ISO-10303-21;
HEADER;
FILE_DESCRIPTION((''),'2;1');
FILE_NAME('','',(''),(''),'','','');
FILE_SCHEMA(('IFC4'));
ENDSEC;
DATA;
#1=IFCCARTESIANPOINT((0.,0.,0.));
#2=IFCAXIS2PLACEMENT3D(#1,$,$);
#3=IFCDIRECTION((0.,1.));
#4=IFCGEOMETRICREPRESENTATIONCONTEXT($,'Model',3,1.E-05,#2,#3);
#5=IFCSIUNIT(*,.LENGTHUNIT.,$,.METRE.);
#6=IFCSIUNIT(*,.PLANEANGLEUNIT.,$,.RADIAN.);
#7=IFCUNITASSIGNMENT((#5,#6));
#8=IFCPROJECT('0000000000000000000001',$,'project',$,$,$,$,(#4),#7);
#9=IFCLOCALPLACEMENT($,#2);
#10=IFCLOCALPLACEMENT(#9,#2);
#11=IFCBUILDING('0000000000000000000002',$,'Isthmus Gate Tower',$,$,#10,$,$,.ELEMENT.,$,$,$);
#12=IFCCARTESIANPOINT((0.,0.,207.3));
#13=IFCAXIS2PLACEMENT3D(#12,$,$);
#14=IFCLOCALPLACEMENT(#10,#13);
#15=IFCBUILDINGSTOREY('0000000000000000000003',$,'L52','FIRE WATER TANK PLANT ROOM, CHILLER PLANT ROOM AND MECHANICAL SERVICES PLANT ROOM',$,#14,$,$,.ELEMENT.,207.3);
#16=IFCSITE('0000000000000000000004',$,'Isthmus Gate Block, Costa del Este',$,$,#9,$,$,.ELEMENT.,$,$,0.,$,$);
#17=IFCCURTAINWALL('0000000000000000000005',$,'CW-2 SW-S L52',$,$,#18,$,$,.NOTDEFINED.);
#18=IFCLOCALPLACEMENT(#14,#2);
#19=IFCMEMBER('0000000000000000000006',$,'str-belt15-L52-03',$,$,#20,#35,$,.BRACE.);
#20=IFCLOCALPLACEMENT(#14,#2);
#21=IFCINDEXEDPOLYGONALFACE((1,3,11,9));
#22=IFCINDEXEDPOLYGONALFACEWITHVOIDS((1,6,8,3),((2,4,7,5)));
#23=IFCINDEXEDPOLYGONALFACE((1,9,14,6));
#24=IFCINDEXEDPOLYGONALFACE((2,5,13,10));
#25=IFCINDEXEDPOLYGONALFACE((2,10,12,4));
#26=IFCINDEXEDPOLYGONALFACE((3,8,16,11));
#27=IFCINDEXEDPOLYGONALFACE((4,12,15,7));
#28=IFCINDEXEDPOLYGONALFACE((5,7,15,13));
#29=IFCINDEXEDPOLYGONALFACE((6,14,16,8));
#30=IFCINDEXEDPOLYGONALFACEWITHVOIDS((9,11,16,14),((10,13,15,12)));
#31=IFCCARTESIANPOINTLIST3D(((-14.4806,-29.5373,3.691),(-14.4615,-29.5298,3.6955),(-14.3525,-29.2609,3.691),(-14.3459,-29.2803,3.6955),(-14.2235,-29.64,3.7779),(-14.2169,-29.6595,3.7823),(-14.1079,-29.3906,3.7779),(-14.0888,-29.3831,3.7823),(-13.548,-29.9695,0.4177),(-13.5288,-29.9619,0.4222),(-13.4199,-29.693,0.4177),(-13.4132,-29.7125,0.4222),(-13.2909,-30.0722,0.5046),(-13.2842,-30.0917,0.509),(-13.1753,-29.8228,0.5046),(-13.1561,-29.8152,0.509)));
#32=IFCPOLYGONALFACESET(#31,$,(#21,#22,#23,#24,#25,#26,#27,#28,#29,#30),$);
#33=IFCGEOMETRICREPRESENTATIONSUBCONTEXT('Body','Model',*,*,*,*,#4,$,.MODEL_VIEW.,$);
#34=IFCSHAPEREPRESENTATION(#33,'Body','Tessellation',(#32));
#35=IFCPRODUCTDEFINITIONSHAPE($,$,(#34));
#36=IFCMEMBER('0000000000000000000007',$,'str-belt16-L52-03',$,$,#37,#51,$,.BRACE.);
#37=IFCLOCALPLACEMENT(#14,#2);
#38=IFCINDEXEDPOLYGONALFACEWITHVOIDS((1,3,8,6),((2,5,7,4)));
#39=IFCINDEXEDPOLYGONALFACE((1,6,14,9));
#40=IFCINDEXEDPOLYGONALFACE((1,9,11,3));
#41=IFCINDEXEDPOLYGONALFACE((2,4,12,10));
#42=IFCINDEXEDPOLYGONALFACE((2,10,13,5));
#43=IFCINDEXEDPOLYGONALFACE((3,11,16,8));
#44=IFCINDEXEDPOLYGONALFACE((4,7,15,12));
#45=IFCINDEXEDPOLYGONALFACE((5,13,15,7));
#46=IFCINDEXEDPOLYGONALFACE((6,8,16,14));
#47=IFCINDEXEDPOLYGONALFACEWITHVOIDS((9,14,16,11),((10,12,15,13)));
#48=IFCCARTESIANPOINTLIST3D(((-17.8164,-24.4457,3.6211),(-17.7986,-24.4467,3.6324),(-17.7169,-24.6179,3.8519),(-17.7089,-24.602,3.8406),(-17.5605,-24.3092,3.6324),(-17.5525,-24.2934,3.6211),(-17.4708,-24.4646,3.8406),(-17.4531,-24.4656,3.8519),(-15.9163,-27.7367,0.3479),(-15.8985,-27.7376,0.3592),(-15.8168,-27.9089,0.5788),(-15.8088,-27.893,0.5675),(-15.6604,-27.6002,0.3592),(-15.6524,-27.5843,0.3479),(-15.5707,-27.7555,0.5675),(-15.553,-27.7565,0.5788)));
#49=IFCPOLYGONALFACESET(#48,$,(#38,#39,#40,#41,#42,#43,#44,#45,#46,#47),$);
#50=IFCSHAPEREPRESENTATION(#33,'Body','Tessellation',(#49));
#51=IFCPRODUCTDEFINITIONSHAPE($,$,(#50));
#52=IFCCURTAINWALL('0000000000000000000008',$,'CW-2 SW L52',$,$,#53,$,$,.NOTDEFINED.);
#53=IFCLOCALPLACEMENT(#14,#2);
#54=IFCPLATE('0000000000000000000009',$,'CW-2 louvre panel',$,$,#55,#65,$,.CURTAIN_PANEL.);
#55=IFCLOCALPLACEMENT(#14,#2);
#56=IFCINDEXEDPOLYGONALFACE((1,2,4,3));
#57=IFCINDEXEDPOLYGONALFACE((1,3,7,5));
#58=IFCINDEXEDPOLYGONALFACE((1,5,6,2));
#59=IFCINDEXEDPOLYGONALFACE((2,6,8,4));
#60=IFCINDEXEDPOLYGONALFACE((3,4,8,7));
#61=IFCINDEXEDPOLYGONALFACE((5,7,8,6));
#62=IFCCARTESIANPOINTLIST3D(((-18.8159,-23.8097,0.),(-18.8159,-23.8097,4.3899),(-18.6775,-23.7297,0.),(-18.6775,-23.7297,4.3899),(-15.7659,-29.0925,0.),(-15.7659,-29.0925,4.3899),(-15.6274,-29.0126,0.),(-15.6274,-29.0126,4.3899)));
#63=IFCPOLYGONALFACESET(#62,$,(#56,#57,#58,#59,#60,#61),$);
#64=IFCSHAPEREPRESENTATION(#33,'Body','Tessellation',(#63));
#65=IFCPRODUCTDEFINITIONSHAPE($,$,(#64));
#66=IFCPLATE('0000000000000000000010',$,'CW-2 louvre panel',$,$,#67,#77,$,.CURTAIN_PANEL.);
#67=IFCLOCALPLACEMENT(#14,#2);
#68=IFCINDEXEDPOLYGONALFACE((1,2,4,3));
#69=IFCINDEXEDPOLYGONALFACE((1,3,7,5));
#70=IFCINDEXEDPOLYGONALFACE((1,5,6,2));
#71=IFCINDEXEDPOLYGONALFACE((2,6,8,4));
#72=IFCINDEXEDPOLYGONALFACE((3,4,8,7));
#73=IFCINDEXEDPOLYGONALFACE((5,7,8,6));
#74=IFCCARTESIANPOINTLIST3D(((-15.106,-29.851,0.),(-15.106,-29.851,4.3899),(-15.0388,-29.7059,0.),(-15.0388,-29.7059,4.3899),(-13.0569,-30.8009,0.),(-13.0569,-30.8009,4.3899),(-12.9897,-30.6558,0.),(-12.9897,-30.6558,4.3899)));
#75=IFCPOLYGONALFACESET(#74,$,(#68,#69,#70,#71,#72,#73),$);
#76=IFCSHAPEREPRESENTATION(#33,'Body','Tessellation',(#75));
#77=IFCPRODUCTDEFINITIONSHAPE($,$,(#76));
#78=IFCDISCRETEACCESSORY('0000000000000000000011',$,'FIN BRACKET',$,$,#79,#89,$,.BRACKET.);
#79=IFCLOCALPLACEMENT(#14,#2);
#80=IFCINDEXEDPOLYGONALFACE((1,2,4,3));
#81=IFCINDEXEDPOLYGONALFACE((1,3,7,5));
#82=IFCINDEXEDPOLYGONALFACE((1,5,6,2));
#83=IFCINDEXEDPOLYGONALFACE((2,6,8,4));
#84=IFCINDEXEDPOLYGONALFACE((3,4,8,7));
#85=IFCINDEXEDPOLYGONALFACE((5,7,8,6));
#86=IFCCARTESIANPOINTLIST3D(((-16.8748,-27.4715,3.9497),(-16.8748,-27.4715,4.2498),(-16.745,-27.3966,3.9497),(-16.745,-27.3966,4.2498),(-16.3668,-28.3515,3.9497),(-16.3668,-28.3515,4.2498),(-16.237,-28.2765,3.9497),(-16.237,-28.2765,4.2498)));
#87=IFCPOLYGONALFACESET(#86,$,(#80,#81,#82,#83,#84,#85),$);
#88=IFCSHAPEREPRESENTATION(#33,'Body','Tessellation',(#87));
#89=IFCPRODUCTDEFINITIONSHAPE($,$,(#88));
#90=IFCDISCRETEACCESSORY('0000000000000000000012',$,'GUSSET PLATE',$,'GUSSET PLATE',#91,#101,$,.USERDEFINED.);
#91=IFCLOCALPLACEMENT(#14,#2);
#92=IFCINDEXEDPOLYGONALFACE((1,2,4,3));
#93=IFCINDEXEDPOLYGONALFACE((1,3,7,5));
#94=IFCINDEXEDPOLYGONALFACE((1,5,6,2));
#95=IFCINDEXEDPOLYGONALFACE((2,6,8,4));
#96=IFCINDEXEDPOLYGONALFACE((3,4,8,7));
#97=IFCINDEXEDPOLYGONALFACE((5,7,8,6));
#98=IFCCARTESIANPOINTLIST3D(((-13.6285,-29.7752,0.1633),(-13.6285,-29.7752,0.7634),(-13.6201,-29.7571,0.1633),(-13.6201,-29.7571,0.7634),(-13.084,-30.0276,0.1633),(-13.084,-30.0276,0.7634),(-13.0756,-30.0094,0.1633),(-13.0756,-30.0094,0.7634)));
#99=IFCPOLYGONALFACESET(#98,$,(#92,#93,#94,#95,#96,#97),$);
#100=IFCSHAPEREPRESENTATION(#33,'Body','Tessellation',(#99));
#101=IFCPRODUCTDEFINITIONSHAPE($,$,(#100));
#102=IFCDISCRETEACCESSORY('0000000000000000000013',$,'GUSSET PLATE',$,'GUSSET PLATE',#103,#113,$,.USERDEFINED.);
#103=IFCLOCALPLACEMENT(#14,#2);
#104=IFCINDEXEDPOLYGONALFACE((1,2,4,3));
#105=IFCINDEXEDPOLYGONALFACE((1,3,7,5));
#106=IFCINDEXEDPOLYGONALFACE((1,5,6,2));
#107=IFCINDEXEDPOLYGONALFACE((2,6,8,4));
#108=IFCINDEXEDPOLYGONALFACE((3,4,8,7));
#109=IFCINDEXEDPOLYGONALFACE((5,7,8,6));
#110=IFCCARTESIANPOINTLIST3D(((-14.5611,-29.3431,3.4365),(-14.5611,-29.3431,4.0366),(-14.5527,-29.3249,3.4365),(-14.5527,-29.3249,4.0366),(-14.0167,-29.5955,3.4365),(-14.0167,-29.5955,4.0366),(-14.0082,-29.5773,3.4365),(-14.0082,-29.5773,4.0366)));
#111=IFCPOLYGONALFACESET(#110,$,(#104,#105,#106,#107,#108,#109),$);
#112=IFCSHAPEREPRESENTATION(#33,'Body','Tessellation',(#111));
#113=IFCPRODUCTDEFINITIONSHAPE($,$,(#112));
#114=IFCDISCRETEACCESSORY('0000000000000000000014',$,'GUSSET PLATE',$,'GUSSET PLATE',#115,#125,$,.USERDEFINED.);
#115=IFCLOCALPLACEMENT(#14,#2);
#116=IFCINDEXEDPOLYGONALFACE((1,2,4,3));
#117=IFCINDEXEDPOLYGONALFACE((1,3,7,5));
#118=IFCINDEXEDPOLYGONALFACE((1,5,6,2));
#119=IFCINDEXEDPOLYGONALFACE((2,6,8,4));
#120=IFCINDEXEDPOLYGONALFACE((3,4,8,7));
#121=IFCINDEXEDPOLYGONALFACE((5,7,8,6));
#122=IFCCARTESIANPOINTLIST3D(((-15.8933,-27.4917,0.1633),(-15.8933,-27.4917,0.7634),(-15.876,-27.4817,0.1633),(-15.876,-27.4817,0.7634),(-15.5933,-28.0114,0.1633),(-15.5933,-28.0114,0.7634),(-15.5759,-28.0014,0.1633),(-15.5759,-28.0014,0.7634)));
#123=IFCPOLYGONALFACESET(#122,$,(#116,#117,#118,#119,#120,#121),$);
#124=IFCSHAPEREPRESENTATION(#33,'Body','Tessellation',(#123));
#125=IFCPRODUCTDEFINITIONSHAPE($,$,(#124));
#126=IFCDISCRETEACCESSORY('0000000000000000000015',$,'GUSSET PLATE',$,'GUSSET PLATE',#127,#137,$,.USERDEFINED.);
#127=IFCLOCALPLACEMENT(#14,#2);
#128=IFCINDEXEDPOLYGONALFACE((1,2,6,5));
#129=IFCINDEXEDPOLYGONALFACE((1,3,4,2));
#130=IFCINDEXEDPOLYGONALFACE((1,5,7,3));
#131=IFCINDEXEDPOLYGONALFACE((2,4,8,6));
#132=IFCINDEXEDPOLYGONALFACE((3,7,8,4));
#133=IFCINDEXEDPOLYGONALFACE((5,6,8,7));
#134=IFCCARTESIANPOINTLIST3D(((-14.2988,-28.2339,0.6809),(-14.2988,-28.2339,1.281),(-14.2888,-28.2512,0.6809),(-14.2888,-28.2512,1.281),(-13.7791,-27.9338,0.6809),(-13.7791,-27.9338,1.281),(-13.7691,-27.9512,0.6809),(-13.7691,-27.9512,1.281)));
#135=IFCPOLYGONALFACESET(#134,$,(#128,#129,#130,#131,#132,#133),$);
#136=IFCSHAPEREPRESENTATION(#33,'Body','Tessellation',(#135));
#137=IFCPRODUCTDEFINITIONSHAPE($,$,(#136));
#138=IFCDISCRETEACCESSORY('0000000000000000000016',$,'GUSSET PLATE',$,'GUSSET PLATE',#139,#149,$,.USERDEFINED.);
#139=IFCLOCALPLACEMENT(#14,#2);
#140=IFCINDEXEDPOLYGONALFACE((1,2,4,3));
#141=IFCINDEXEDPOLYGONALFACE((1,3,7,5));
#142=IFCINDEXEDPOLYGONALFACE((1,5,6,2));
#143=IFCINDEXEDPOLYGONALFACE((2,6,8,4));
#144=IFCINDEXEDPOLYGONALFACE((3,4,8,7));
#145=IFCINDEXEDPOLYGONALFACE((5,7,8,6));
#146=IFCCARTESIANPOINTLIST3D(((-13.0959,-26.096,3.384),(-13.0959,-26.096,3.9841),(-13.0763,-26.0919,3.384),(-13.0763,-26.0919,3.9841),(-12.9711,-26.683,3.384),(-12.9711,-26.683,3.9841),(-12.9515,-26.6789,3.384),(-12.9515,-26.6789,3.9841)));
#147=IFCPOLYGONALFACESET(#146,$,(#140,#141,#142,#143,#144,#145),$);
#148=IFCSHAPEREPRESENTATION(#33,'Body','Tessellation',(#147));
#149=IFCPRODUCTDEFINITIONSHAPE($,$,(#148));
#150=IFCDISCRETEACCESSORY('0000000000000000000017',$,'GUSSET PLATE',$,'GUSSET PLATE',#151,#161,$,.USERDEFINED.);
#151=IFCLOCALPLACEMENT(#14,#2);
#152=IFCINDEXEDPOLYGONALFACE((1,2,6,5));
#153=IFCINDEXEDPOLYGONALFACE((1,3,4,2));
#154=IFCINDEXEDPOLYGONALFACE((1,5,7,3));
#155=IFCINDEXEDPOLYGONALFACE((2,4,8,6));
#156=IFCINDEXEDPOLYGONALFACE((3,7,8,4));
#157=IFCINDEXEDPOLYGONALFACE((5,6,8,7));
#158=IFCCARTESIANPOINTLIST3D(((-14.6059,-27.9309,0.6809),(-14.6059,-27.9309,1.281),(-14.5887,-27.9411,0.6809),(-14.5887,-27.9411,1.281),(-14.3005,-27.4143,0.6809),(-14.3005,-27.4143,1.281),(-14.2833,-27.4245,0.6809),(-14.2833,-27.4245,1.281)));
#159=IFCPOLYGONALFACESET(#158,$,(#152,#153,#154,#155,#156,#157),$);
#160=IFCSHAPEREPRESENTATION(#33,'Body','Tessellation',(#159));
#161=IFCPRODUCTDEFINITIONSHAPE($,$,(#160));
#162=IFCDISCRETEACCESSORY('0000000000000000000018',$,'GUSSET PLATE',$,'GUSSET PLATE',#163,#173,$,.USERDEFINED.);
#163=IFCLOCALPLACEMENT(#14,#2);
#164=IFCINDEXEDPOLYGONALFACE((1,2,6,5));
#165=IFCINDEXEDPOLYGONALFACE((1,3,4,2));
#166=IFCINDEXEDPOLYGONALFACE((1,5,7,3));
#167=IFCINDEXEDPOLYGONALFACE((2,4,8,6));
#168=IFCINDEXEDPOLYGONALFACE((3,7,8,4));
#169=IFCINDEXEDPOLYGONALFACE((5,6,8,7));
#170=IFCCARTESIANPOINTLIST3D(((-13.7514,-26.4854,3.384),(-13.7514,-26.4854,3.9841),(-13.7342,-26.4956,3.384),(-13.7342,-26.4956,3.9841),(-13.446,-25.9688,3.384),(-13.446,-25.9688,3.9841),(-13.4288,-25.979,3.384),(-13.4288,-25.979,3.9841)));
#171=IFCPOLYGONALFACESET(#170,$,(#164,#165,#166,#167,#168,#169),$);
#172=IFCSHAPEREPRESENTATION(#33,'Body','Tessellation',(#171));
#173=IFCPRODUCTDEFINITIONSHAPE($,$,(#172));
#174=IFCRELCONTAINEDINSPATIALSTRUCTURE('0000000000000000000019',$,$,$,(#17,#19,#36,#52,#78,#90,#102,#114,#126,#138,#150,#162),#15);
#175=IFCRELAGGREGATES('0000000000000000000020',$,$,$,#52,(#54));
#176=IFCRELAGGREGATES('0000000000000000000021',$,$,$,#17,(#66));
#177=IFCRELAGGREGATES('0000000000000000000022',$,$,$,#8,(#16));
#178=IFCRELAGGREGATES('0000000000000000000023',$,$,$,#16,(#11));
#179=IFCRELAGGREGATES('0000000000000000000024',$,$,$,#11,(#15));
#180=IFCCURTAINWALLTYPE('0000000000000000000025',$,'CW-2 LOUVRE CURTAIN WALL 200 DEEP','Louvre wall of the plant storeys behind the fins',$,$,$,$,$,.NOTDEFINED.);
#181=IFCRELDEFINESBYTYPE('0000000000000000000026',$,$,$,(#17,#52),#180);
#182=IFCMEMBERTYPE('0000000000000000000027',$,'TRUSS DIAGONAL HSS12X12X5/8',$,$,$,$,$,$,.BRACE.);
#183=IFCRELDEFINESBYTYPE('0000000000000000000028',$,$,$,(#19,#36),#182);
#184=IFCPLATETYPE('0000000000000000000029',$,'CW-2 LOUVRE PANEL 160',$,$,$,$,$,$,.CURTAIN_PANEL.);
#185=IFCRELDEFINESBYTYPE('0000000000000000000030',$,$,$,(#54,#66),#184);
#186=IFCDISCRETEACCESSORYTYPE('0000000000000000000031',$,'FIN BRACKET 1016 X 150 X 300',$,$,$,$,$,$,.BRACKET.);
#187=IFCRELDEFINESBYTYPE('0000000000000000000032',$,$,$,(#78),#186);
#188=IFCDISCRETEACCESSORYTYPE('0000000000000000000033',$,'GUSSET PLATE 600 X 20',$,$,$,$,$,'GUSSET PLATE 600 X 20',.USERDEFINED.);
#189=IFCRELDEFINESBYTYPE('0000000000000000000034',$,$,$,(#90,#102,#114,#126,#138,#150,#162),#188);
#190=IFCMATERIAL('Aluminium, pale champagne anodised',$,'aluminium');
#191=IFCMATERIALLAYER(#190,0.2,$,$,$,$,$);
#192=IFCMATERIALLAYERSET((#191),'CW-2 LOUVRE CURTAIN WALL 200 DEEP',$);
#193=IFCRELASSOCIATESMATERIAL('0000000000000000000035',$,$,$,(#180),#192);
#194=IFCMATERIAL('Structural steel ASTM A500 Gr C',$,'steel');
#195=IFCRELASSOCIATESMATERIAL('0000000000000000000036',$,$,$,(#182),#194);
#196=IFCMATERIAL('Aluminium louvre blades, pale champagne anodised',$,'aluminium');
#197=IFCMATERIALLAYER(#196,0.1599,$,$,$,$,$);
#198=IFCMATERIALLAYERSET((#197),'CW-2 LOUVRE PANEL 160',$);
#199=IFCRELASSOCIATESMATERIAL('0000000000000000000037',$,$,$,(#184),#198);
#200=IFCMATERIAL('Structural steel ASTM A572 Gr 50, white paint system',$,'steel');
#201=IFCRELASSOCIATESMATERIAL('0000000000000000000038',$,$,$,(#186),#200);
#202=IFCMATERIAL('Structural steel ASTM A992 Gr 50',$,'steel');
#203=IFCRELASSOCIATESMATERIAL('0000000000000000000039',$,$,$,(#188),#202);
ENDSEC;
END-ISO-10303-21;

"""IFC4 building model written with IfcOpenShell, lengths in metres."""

from ifc_helpers import new_model, si_unit, direction, frame, origin, origin_2d, place, context, subcontext, project, spatial, rectangle, hollow_rectangle, extrude, material, layer, layer_set, material_profile, profile_set, type_object, element, aggregate, save


model = new_model("IFC4")

# Units and contexts
model_context = context("Model", 3, precision=1e-05, world=origin(), true_north=direction((0.0, 1.0)))
body_context = subcontext(model_context, "Body", "Model", "MODEL_VIEW")
ifc_project = project(units=[si_unit("LENGTHUNIT", "METRE"), si_unit("PLANEANGLEUNIT", "RADIAN")], contexts=[model_context])

# Site, building, storey
site_placement = place(None, origin())
site = spatial("IfcSite", under=ifc_project, at=site_placement, Name="Isthmus Gate Block, Costa del Este", CompositionType="ELEMENT", RefElevation=0.0)
building_placement = place(site_placement, origin())
building = spatial("IfcBuilding", under=site, at=building_placement, Name="Isthmus Gate Tower", CompositionType="ELEMENT")
storey_placement = place(building_placement, frame((0.0, 0.0, 207.3)))
storey = spatial("IfcBuildingStorey", under=building, at=storey_placement, Name="L52", Description="FIRE WATER TANK PLANT ROOM, CHILLER PLANT ROOM AND MECHANICAL SERVICES PLANT ROOM", CompositionType="ELEMENT", Elevation=207.3)

# Curtain wall
ifc_material_1 = material(Name="Aluminium, pale champagne anodised", Category="aluminium")
ifc_layer_1 = layer(ifc_material_1, 0.2)
ifc_layer_set_1 = layer_set([ifc_layer_1], Name="CW-2 LOUVRE CURTAIN WALL 200 DEEP")
curtain_wall_type = type_object("IfcCurtainWallType", Name="CW-2 LOUVRE CURTAIN WALL 200 DEEP", Description="Louvre wall of the plant storeys behind the fins", PredefinedType="NOTDEFINED", material=ifc_layer_set_1)
curtain_wall_1_placement = place(storey_placement, origin())
curtain_wall_1 = element("IfcCurtainWall", 1, at=curtain_wall_1_placement, inside=storey, type_object=curtain_wall_type, Name="CW-2 SW-S L52", PredefinedType="NOTDEFINED")

# Members
ifc_material_2 = material(Name="Structural steel ASTM A500 Gr C", Category="steel")
ifc_material_profile_1 = material_profile(ifc_material_2, hollow_rectangle(XDim=0.3047, YDim=0.3047, WallThickness=0.0149, at=origin_2d()), Name="HSS12X12X5/8")
ifc_profile_set_1 = profile_set([ifc_material_profile_1], Name="Structural steel ASTM A500 Gr C")
member_type_1 = type_object("IfcMemberType", Name="TRUSS DIAGONAL HSS12X12X5/8", PredefinedType="BRACE", material=ifc_profile_set_1)
member_1_placement = place(storey_placement, frame((-13.3521, -29.8923, 0.4634), z_axis=(-0.271838, 0.125956, 0.954065), x_axis=(-0.420413, -0.907333, 0.0)))
element("IfcMember", 2, at=member_1_placement, inside=storey, type_object=member_type_1, Name="str-belt15-L52-03", PredefinedType="BRACE", context=body_context, shape_type="SweptSolid", body=[
    extrude(hollow_rectangle(XDim=0.3047, YDim=0.3047, WallThickness=0.0149, at=origin_2d()), origin(), (0.0, 0.0, 1.0), 3.4309),
])
member_2_placement = place(storey_placement, frame((-15.7346, -27.7466, 0.4634), z_axis=(-0.378856, 0.65617, 0.652617), x_axis=(-0.866017, -0.500015, 0.0)))
element("IfcMember", 3, at=member_2_placement, inside=storey, type_object=member_type_1, Name="str-belt16-L52-03", PredefinedType="BRACE", context=body_context, shape_type="SweptSolid", body=[
    extrude(hollow_rectangle(XDim=0.3047, YDim=0.3047, WallThickness=0.0149, at=origin_2d()), origin(), (0.0, 0.0, 1.0), 5.0154),
])

# Curtain wall, plate
curtain_wall_2_placement = place(storey_placement, origin())
curtain_wall_2 = element("IfcCurtainWall", 4, at=curtain_wall_2_placement, inside=storey, type_object=curtain_wall_type, Name="CW-2 SW L52", PredefinedType="NOTDEFINED")
ifc_material_3 = material(Name="Aluminium louvre blades, pale champagne anodised", Category="aluminium")
ifc_layer_2 = layer(ifc_material_3, 0.1599)
ifc_layer_set_2 = layer_set([ifc_layer_2], Name="CW-2 LOUVRE PANEL 160")
plate_type = type_object("IfcPlateType", Name="CW-2 LOUVRE PANEL 160", PredefinedType="CURTAIN_PANEL", material=ifc_layer_set_2)
plate_1_placement = place(storey_placement, frame((-17.2217, -26.4111, 0.0), z_axis=(0.0, 0.0, 1.0), x_axis=(0.5, -0.866025, 0.0)))
plate_1 = element("IfcPlate", 5, at=plate_1_placement, type_object=plate_type, Name="CW-2 louvre panel", PredefinedType="CURTAIN_PANEL", context=body_context, shape_type="SweptSolid", body=[
    extrude(rectangle(XDim=6.1001, YDim=0.1599, at=origin_2d()), origin(), (0.0, 0.0, 1.0), 4.3899),
])
aggregate(curtain_wall_2, [plate_1])

# Plate
plate_2_placement = place(storey_placement, frame((-14.0479, -30.2534, 0.0), z_axis=(0.0, 0.0, 1.0), x_axis=(0.907256, -0.420578, 0.0)))
plate_2 = element("IfcPlate", 6, at=plate_2_placement, type_object=plate_type, Name="CW-2 louvre panel", PredefinedType="CURTAIN_PANEL", context=body_context, shape_type="SweptSolid", body=[
    extrude(rectangle(XDim=2.2585, YDim=0.1599, at=origin_2d()), origin(), (0.0, 0.0, 1.0), 4.3899),
])
aggregate(curtain_wall_1, [plate_2])

# Discrete accessories
ifc_material_4 = material(Name="Structural steel ASTM A572 Gr 50, white paint system", Category="steel")
discrete_accessory_type_1 = type_object("IfcDiscreteAccessoryType", Name="FIN BRACKET 1016 X 150 X 300", PredefinedType="BRACKET", material=ifc_material_4)
discrete_accessory_placement = place(storey_placement, frame((-16.5559, -27.874, 3.9497), z_axis=(0.0, 0.0, 1.0), x_axis=(-0.866025, -0.5, 0.0)))
element("IfcDiscreteAccessory", 7, at=discrete_accessory_placement, inside=storey, type_object=discrete_accessory_type_1, Name="FIN BRACKET", PredefinedType="BRACKET", context=body_context, shape_type="SweptSolid", body=[
    extrude(rectangle(XDim=0.1499, YDim=1.0161, at=origin_2d()), origin(), (0.0, 0.0, 1.0), 0.3),
])
ifc_material_5 = material(Name="Structural steel ASTM A992 Gr 50", Category="steel")
discrete_accessory_type_2 = type_object("IfcDiscreteAccessoryType", Name="GUSSET PLATE 600 X 20", ElementType="GUSSET PLATE 600 X 20", PredefinedType="USERDEFINED", material=ifc_material_5)
for number, where, z_axis, x_axis, name in (
    (8, (-13.3521, -29.8923, 0.1633), (0.0, 0.0, 1.0), (-0.907256, 0.420578, 0.0), "GUSSET PLATE"),
    (9, (-14.2847, -29.4602, 3.4365), (0.0, 0.0, 1.0), (-0.907256, 0.420578, 0.0), "GUSSET PLATE"),
    (10, (-15.7346, -27.7466, 0.1633), (0.0, 0.0, 1.0), (-0.5, 0.866025, 0.0), "GUSSET PLATE"),
    (11, (-14.0339, -28.0925, 0.6809), (0.0, 0.0, 1.0), (0.866025, 0.5, 0.0), "GUSSET PLATE"),
    (12, (-13.0237, -26.3875, 3.384), (0.0, 0.0, 1.0), (-0.207912, 0.978148, 0.0), "GUSSET PLATE"),
    (13, (-14.4446, -27.6777, 0.6809), (0.0, 0.0, 1.0), (0.508878, 0.860839, 0.0), "GUSSET PLATE"),
    (14, (-13.5901, -26.2322, 3.384), (0.0, 0.0, 1.0), (0.508878, 0.860839, 0.0), "GUSSET PLATE"),
):
    element("IfcDiscreteAccessory", number, at=place(storey_placement, frame(where, z_axis=z_axis, x_axis=x_axis)), inside=storey, type_object=discrete_accessory_type_2, Name=name, ObjectType="GUSSET PLATE", PredefinedType="USERDEFINED", context=body_context, shape_type="SweptSolid", body=[
        extrude(rectangle(XDim=0.6001, YDim=0.02, at=origin_2d()), origin(), (0.0, 0.0, 1.0), 0.6001),
    ])

save(model, "model.ifc")
